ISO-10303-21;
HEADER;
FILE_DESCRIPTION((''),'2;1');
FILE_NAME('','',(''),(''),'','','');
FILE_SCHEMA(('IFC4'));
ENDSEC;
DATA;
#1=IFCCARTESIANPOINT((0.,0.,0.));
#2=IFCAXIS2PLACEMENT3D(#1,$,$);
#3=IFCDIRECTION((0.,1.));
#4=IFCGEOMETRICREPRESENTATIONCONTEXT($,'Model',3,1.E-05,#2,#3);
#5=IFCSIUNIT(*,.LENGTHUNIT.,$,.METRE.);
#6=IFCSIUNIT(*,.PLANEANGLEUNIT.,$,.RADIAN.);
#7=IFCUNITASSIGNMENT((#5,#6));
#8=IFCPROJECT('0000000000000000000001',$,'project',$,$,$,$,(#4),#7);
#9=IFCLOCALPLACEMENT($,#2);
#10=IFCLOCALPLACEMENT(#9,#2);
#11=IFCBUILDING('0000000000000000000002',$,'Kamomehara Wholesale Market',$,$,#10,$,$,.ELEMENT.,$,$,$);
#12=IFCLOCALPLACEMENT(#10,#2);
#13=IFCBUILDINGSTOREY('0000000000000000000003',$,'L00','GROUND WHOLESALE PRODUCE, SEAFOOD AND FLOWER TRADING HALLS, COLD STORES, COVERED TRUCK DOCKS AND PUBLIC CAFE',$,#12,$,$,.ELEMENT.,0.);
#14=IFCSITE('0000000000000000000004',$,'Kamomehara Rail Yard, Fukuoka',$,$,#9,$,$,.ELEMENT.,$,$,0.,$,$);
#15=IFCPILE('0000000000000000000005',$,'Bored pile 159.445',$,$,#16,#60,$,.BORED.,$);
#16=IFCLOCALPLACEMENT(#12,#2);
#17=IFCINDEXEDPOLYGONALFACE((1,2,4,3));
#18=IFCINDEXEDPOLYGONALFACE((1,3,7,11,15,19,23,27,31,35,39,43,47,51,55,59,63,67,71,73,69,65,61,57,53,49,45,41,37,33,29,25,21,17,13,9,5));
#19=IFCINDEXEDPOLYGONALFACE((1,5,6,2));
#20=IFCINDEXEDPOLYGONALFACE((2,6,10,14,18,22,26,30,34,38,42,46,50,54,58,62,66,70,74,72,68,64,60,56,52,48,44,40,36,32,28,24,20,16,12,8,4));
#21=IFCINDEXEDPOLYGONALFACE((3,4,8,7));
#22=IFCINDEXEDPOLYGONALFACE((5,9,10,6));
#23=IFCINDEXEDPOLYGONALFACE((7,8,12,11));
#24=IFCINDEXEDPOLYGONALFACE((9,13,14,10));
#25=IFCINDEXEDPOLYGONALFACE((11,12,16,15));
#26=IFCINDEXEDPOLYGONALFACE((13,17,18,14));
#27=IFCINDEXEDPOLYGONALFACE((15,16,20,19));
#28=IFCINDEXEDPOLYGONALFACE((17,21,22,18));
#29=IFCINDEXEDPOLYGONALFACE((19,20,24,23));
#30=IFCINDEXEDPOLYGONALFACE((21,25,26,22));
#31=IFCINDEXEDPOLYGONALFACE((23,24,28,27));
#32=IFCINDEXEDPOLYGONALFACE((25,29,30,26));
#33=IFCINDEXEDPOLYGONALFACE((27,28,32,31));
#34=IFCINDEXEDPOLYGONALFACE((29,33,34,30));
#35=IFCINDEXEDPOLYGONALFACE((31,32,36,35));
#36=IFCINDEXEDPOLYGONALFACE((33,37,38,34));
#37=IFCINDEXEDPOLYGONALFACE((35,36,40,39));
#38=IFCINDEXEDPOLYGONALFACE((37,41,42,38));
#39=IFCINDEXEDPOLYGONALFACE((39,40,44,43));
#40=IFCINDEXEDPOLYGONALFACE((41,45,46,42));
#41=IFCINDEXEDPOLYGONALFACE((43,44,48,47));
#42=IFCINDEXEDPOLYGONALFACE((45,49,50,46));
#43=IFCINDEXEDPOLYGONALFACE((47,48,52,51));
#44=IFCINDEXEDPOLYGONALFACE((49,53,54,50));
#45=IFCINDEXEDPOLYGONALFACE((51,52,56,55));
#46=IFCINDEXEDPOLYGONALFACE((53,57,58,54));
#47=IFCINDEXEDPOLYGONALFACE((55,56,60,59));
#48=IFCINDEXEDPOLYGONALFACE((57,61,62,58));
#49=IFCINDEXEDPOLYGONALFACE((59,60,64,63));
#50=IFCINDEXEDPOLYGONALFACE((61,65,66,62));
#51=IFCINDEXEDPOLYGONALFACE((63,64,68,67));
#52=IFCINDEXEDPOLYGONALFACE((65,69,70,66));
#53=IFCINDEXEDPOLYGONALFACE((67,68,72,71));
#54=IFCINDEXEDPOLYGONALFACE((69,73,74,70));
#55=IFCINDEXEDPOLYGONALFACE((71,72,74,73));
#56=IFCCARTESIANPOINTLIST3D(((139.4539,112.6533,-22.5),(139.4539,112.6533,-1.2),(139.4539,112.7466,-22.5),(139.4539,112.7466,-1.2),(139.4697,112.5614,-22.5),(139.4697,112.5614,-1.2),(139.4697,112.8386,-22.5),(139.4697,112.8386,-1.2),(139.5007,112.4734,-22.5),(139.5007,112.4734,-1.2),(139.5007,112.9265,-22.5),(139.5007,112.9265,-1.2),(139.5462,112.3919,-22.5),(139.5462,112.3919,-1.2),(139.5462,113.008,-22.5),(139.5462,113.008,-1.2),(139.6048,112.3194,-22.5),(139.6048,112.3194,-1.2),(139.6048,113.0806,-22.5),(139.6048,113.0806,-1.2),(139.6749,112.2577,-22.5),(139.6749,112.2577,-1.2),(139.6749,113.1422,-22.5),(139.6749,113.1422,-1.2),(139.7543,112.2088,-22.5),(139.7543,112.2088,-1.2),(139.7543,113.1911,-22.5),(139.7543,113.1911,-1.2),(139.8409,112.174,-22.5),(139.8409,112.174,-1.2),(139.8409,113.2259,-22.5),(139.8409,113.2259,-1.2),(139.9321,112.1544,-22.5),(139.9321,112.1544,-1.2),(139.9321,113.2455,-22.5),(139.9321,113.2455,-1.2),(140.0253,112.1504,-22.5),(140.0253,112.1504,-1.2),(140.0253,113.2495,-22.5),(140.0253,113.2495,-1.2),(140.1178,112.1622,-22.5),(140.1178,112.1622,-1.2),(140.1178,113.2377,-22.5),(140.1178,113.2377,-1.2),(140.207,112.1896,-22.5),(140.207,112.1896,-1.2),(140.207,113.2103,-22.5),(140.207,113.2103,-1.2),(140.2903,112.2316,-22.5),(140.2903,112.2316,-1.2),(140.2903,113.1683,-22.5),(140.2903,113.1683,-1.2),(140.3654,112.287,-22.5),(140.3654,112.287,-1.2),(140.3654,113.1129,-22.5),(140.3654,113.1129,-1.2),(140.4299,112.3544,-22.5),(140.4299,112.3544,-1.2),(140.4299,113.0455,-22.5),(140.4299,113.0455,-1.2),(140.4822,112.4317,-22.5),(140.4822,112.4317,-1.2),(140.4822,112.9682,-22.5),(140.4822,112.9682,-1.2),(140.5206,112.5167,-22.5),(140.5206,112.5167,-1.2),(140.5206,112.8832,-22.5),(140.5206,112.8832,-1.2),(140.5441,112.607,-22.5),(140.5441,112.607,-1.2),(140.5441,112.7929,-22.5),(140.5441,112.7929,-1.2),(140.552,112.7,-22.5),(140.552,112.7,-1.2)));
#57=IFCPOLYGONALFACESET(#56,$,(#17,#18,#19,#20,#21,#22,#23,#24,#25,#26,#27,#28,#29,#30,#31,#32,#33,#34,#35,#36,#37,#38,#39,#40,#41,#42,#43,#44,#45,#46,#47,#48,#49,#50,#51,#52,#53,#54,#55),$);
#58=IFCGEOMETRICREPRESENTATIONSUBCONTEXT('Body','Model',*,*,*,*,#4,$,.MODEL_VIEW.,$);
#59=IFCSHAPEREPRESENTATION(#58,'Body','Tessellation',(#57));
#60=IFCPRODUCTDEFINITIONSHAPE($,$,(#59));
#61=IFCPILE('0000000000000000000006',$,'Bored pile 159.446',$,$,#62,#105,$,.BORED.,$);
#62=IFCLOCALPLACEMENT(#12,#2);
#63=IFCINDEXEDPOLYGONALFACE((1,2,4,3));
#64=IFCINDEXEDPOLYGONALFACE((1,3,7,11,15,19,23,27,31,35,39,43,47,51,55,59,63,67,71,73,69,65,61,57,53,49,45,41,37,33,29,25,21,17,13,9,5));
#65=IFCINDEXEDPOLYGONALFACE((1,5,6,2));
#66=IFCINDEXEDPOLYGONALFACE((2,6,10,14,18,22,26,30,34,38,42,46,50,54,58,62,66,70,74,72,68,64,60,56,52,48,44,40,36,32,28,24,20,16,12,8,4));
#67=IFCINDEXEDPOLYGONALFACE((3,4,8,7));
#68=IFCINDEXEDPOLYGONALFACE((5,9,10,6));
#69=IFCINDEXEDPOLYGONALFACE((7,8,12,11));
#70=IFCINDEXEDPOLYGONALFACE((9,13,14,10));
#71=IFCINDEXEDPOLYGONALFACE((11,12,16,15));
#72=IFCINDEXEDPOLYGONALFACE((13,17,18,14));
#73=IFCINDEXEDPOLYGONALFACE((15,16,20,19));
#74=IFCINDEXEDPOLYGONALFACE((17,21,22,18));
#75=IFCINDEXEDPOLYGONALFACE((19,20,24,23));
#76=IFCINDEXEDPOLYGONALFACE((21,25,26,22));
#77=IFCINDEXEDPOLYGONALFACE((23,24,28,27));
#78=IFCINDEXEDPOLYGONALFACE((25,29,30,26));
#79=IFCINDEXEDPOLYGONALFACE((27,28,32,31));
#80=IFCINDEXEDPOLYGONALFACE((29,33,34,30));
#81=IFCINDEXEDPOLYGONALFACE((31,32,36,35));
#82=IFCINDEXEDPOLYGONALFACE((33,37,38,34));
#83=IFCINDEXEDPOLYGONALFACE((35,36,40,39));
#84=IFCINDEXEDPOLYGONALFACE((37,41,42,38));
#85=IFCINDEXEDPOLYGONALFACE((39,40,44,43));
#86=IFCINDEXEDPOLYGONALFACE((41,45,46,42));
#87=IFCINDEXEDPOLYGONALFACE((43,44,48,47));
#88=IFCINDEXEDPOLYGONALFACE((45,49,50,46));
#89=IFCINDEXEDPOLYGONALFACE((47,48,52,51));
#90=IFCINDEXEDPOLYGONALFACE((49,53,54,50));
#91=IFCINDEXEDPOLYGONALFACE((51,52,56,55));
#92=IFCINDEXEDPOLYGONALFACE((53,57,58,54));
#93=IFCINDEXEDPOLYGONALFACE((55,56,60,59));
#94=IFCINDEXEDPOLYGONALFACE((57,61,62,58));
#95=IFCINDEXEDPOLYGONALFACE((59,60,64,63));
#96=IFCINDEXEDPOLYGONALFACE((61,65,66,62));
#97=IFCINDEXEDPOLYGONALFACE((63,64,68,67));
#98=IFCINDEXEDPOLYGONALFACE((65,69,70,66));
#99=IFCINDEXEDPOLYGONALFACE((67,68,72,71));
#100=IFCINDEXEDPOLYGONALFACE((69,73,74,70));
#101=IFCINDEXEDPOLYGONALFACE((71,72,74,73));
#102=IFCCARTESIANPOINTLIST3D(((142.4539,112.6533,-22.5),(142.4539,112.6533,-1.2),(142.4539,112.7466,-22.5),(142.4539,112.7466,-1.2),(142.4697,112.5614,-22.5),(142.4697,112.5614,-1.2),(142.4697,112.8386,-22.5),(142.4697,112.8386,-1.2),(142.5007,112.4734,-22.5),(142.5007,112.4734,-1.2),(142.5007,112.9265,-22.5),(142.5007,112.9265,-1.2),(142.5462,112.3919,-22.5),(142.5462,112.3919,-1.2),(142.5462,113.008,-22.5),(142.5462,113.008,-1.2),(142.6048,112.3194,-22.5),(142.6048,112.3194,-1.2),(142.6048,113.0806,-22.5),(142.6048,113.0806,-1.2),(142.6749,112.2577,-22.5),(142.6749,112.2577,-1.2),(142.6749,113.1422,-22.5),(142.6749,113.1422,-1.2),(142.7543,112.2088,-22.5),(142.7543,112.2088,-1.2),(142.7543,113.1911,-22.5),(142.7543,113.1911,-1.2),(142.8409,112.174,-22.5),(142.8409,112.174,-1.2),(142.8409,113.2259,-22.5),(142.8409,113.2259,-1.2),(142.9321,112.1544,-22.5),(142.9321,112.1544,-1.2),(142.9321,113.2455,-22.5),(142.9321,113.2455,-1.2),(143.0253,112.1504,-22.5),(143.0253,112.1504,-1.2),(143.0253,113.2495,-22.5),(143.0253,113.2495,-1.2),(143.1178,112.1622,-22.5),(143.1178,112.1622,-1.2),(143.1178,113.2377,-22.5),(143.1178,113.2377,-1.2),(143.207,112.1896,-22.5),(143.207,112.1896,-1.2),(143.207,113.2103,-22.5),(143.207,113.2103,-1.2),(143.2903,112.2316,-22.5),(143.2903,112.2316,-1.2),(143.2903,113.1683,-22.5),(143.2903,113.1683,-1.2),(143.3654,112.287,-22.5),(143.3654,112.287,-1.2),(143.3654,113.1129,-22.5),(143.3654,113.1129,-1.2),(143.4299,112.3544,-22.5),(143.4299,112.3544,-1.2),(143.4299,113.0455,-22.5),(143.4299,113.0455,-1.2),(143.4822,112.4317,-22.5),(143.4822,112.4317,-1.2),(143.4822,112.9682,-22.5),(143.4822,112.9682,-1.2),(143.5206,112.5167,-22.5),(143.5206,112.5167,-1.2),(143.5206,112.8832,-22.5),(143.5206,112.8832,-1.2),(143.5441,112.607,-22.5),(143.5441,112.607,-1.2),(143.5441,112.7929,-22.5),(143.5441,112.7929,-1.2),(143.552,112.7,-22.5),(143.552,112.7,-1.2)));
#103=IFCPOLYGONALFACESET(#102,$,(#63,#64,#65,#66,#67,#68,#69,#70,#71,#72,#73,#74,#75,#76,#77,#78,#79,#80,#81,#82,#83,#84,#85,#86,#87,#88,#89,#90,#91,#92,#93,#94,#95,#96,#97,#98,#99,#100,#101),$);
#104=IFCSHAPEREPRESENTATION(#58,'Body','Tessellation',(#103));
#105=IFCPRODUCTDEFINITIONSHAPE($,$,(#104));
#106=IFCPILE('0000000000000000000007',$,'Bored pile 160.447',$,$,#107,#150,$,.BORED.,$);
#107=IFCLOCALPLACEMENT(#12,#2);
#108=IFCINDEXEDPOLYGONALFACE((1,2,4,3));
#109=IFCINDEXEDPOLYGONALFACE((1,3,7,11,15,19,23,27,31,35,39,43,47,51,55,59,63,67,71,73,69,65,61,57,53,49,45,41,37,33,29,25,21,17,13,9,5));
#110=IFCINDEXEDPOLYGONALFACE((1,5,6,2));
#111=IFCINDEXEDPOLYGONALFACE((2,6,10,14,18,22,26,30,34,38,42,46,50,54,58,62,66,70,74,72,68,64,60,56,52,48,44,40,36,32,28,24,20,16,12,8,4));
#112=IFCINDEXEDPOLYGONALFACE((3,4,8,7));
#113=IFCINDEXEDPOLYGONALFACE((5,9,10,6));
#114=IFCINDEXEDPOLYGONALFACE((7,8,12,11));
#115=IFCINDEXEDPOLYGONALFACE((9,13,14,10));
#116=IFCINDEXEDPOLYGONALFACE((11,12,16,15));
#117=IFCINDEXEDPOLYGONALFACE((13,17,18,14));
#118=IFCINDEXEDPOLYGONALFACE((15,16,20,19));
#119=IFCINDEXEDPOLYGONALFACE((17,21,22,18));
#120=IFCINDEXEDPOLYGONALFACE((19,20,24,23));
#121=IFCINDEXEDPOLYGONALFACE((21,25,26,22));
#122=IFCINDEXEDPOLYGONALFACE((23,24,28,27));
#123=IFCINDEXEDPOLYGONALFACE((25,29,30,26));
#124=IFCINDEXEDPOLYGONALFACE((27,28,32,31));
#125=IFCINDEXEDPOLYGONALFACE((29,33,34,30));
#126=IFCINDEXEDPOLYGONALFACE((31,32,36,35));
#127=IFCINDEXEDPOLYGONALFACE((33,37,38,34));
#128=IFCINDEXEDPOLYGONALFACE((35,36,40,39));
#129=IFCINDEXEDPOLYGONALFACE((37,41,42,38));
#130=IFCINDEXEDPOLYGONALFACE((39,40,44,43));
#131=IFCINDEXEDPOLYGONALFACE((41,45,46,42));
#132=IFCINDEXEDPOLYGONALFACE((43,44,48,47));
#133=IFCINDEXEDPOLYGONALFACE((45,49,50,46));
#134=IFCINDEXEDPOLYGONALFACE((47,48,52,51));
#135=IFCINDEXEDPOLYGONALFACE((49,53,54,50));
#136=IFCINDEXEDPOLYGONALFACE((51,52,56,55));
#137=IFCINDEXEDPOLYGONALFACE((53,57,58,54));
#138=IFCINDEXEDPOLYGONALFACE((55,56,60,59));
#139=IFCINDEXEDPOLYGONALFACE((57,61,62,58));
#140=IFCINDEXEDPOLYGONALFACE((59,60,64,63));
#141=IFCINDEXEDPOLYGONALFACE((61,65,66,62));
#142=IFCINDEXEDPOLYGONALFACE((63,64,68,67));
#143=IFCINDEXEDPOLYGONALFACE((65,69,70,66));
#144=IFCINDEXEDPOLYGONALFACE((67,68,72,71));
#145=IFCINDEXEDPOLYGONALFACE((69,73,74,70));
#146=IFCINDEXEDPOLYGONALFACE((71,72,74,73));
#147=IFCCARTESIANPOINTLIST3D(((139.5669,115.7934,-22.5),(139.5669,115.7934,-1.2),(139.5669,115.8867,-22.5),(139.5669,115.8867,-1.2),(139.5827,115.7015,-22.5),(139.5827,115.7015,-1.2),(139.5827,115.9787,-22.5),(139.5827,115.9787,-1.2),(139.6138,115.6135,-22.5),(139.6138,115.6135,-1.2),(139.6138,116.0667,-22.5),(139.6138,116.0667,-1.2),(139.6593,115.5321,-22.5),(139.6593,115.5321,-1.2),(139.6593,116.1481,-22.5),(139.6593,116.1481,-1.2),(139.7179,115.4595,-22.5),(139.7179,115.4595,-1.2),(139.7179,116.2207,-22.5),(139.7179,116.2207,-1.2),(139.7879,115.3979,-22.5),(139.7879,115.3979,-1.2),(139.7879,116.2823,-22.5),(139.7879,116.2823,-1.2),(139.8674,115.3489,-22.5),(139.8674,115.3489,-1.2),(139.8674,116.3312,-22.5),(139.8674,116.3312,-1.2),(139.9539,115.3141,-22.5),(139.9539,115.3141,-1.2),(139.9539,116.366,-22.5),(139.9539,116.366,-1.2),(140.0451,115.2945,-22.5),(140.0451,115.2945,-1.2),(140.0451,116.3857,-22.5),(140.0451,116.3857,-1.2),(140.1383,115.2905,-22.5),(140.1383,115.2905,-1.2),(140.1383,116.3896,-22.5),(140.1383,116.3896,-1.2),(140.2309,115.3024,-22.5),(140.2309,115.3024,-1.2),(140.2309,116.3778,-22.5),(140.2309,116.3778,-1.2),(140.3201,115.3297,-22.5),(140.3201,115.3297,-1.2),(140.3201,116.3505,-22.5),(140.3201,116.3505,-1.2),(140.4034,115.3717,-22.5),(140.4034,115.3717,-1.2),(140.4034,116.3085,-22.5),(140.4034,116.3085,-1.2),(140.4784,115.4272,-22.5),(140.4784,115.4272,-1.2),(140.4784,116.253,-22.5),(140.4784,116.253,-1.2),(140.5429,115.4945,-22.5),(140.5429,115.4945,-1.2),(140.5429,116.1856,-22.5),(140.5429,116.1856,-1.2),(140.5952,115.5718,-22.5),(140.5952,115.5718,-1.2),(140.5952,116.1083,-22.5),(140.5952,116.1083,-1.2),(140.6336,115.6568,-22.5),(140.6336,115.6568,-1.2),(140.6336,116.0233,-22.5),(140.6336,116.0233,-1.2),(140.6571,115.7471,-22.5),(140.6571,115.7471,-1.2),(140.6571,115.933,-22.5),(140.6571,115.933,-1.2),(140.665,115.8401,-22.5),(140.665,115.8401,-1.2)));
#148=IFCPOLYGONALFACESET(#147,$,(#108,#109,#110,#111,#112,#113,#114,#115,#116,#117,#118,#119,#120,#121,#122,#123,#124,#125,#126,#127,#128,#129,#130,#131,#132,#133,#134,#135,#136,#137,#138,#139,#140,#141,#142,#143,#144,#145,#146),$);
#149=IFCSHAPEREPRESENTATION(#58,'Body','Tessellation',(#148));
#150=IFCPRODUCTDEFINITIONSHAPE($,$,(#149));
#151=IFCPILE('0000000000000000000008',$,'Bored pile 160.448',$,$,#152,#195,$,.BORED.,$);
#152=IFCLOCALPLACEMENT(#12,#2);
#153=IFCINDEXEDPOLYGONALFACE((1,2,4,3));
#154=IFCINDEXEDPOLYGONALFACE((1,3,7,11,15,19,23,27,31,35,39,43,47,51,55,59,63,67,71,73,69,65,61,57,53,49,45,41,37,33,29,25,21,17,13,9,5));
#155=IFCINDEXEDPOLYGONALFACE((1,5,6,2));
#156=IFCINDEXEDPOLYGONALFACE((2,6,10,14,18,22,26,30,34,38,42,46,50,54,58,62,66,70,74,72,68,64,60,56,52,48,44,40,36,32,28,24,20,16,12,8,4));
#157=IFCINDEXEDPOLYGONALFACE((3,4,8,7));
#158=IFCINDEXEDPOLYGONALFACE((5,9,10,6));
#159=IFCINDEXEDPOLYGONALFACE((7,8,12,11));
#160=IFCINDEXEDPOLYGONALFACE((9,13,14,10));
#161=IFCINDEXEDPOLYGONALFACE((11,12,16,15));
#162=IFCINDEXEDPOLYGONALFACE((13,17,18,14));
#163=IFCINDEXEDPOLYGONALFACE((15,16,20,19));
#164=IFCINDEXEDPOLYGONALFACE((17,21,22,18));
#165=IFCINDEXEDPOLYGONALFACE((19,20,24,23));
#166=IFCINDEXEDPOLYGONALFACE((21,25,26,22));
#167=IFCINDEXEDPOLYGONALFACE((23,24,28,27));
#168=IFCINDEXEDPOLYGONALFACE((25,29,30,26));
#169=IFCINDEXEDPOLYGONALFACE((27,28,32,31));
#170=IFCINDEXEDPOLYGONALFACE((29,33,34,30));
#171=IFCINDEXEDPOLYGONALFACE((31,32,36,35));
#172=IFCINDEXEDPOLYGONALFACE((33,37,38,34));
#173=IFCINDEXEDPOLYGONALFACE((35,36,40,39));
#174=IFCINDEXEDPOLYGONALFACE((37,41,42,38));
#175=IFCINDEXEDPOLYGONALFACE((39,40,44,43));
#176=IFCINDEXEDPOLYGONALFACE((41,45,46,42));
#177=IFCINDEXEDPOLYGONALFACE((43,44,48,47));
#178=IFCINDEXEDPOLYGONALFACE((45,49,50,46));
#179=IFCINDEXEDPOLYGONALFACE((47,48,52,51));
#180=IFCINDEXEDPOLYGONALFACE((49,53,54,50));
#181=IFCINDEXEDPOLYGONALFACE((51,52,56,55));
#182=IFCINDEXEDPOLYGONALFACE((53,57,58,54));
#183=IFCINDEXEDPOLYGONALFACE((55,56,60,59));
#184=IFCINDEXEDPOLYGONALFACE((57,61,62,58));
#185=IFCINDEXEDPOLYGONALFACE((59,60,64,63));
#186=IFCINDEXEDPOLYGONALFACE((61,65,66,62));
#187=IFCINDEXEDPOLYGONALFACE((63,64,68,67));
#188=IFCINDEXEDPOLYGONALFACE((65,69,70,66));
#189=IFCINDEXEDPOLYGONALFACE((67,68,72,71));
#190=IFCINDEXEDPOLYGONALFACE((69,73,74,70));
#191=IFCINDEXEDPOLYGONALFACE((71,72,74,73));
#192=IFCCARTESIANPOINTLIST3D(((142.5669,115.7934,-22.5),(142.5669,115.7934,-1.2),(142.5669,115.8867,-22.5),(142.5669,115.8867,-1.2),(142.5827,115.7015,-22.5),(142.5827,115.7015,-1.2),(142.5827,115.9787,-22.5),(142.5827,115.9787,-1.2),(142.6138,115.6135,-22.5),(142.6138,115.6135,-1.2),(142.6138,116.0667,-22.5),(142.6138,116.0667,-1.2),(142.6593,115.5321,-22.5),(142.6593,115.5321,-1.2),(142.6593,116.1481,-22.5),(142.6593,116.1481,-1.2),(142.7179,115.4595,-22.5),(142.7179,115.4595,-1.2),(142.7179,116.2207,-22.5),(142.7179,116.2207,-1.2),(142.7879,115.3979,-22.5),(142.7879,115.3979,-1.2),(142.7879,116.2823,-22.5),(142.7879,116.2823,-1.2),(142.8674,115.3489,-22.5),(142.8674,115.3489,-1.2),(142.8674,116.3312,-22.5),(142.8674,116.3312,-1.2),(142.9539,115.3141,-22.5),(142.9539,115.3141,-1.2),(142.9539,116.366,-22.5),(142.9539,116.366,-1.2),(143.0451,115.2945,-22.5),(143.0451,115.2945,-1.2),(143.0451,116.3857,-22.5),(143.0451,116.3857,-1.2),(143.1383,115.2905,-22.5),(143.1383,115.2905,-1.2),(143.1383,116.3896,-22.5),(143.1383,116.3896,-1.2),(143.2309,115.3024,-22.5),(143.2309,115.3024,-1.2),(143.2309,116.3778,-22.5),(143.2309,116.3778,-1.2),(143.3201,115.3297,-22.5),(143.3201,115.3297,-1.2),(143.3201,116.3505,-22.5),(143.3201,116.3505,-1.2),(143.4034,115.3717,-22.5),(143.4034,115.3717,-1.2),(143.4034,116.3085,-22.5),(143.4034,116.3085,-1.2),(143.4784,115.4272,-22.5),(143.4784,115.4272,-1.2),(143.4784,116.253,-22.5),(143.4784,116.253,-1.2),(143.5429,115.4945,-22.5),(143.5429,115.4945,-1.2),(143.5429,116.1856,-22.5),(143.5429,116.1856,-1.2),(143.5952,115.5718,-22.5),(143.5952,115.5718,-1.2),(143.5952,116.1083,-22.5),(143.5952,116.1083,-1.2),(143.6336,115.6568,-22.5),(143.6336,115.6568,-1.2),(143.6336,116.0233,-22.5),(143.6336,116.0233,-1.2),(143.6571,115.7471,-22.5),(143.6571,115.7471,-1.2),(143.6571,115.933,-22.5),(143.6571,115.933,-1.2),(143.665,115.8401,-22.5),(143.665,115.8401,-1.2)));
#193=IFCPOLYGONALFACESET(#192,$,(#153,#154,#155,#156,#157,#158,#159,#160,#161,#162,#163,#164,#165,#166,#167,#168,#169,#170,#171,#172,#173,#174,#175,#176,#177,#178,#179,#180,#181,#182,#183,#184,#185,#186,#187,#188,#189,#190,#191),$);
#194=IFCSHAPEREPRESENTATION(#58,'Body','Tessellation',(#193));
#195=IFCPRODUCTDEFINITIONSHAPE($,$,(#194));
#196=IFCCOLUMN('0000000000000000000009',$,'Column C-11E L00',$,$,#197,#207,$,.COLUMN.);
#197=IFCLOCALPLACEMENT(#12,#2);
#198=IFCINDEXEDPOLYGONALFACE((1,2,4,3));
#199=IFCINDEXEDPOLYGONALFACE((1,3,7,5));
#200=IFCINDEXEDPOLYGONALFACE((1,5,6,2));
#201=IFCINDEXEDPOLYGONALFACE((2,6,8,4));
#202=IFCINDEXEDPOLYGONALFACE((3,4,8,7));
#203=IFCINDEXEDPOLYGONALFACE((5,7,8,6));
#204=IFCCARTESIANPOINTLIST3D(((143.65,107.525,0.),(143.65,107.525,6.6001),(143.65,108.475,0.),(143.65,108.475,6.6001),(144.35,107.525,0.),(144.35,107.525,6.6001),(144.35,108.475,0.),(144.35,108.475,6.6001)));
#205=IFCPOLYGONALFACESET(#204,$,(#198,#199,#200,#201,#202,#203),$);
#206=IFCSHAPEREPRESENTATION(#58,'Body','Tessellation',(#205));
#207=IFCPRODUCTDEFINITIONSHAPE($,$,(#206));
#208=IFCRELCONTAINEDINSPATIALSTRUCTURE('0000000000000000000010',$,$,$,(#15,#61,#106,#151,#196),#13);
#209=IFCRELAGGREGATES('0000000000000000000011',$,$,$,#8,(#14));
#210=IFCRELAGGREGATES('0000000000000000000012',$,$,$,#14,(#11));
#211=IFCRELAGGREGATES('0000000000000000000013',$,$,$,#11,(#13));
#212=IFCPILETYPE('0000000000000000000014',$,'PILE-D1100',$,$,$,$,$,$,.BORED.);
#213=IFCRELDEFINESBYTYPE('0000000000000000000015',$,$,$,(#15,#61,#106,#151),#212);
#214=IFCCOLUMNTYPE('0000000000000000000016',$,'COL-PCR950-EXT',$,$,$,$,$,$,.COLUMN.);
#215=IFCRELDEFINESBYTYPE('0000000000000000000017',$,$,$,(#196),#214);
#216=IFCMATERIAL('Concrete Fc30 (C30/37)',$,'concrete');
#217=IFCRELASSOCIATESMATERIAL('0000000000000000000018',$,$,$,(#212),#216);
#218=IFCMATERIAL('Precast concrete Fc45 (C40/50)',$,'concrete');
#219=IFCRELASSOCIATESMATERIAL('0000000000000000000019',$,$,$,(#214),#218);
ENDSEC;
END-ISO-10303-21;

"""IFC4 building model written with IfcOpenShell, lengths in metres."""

from ifc_helpers import new_model, si_unit, direction, frame, origin, origin_2d, place, context, subcontext, project, spatial, rectangle, circle, extrude, material, material_profile, profile_set, type_object, element, save


model = new_model("IFC4")

# Units and contexts
model_context = context("Model", 3, precision=1e-05, world=origin(), true_north=direction((0.0, 1.0)))
body_context = subcontext(model_context, "Body", "Model", "MODEL_VIEW")
ifc_project = project(units=[si_unit("LENGTHUNIT", "METRE"), si_unit("PLANEANGLEUNIT", "RADIAN")], contexts=[model_context])

# Site, building, storey
site_placement = place(None, origin())
site = spatial("IfcSite", under=ifc_project, at=site_placement, Name="Kamomehara Rail Yard, Fukuoka", CompositionType="ELEMENT", RefElevation=0.0)
building_placement = place(site_placement, origin())
building = spatial("IfcBuilding", under=site, at=building_placement, Name="Kamomehara Wholesale Market", CompositionType="ELEMENT")
storey_placement = place(building_placement, origin())
storey = spatial("IfcBuildingStorey", under=building, at=storey_placement, Name="L00", Description="GROUND WHOLESALE PRODUCE, SEAFOOD AND FLOWER TRADING HALLS, COLD STORES, COVERED TRUCK DOCKS AND PUBLIC CAFE", CompositionType="ELEMENT", Elevation=0.0)

# Piles
ifc_material_1 = material(Name="Concrete Fc30 (C30/37)", Category="concrete")
ifc_material_profile_1 = material_profile(ifc_material_1, circle(Radius=0.55, at=origin_2d()), Name="RC-PILE-D1100")
ifc_profile_set_1 = profile_set([ifc_material_profile_1], Name="Concrete Fc30 (C30/37)")
pile_type_1 = type_object("IfcPileType", Name="PILE-D1100", PredefinedType="BORED", material=ifc_profile_set_1)
for number, where, z_axis, x_axis, name in (
    (1, (140.002, 112.7, -1.2), (0.0, 0.0, -1.0), (1.0, 0.0, 0.0), "Bored pile 159.445"),
    (2, (143.002, 112.7, -1.2), (0.0, 0.0, -1.0), (1.0, 0.0, 0.0), "Bored pile 159.446"),
    (3, (140.115, 115.8401, -1.2), (0.0, 0.0, -1.0), (1.0, 0.0, 0.0), "Bored pile 160.447"),
    (4, (143.115, 115.8401, -1.2), (0.0, 0.0, -1.0), (1.0, 0.0, 0.0), "Bored pile 160.448"),
):
    element("IfcPile", number, at=place(storey_placement, frame(where, z_axis=z_axis, x_axis=x_axis)), inside=storey, type_object=pile_type_1, Name=name, PredefinedType="BORED", context=body_context, shape_type="SweptSolid", body=[
        extrude(circle(Radius=0.55, at=origin_2d()), origin(), (0.0, 0.0, 1.0), 21.3),
    ])

# Column
ifc_material_2 = material(Name="Precast concrete Fc45 (C40/50)", Category="concrete")
ifc_material_profile_2 = material_profile(ifc_material_2, rectangle(XDim=0.7, YDim=0.95, at=origin_2d()), Name="PC-COL-700x950")
ifc_profile_set_2 = profile_set([ifc_material_profile_2], Name="Precast concrete Fc45 (C40/50)")
column_type_1 = type_object("IfcColumnType", Name="COL-PCR950-EXT", PredefinedType="COLUMN", material=ifc_profile_set_2)
column_placement = place(storey_placement, frame((144.0, 108.0, 0.0), z_axis=(0.0, 0.0, 1.0), x_axis=(1.0, 0.0, 0.0)))
element("IfcColumn", 5, at=column_placement, inside=storey, type_object=column_type_1, Name="Column C-11E L00", PredefinedType="COLUMN", context=body_context, shape_type="SweptSolid", body=[
    extrude(rectangle(XDim=0.7, YDim=0.95, at=origin_2d()), origin(), (0.0, 0.0, 1.0), 6.6001),
])

save(model, "model.ifc")
